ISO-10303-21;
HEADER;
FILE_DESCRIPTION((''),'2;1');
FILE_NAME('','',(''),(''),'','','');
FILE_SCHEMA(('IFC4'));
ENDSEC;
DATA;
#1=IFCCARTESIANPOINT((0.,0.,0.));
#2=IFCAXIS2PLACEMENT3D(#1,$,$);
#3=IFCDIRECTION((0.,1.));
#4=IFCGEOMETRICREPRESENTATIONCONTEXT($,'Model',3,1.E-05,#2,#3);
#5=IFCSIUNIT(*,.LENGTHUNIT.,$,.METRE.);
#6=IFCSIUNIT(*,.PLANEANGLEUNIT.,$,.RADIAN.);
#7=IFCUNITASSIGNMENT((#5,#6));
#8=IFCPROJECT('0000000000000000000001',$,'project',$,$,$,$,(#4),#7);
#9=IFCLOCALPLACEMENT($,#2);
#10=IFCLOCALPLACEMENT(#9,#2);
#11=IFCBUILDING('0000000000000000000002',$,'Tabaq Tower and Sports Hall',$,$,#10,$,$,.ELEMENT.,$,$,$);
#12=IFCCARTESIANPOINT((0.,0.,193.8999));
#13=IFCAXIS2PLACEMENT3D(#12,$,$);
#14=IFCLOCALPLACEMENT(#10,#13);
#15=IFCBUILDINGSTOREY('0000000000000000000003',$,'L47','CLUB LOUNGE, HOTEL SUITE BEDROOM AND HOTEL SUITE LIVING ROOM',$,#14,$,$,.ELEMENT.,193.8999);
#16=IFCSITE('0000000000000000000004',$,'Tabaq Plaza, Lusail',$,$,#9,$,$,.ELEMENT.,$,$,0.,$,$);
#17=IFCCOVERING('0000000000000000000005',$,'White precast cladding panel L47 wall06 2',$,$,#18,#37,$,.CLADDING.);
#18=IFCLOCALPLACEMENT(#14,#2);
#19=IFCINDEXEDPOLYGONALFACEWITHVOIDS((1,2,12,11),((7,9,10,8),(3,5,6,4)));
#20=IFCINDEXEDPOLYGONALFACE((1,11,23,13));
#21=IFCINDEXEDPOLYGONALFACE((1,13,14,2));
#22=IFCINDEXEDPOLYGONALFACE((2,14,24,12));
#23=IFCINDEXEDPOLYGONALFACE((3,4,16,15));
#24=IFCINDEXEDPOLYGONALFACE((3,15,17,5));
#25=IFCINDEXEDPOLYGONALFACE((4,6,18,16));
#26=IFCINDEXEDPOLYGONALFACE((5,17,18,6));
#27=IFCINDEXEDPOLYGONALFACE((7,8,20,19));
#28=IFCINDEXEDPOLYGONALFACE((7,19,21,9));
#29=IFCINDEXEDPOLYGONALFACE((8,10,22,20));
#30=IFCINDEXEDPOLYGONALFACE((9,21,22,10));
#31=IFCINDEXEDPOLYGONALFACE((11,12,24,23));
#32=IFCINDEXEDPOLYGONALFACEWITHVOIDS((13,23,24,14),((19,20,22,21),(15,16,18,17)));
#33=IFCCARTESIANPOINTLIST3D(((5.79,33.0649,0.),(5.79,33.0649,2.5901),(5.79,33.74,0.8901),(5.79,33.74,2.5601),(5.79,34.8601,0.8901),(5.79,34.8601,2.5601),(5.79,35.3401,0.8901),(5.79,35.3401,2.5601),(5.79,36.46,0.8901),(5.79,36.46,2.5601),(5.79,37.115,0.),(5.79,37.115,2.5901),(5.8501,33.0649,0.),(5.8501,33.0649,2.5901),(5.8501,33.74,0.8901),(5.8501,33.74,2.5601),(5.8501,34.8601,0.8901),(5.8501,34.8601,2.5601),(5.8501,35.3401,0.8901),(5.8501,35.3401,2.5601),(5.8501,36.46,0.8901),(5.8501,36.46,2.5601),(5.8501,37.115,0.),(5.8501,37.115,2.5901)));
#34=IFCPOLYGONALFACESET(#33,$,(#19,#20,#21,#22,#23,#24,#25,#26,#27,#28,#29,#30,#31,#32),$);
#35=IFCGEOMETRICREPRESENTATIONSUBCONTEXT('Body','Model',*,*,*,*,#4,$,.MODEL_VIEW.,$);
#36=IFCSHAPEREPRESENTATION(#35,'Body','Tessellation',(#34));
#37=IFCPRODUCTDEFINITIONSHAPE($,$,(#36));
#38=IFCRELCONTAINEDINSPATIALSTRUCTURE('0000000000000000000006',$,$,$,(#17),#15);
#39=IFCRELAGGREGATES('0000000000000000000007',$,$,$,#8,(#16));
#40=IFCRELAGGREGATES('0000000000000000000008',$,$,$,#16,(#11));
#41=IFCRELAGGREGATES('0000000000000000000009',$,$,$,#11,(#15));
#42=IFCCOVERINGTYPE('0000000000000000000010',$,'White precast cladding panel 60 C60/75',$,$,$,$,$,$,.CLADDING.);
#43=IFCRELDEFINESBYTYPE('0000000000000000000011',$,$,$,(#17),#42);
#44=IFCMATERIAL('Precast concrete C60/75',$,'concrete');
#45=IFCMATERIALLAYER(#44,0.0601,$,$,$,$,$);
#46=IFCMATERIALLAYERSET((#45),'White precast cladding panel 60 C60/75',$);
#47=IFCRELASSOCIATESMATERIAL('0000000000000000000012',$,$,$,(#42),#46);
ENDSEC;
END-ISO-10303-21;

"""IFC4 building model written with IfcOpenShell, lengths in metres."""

from ifc_helpers import new_model, si_unit, direction, frame, origin, place, context, subcontext, project, spatial, polyline, outline, extrude, material, layer, layer_set, type_object, element, save


model = new_model("IFC4")

# Units and contexts
model_context = context("Model", 3, precision=1e-05, world=origin(), true_north=direction((0.0, 1.0)))
body_context = subcontext(model_context, "Body", "Model", "MODEL_VIEW")
ifc_project = project(units=[si_unit("LENGTHUNIT", "METRE"), si_unit("PLANEANGLEUNIT", "RADIAN")], contexts=[model_context])

# Site, building, storey
site_placement = place(None, origin())
site = spatial("IfcSite", under=ifc_project, at=site_placement, Name="Tabaq Plaza, Lusail", CompositionType="ELEMENT", RefElevation=0.0)
building_placement = place(site_placement, origin())
building = spatial("IfcBuilding", under=site, at=building_placement, Name="Tabaq Tower and Sports Hall", CompositionType="ELEMENT")
storey_placement = place(building_placement, frame((0.0, 0.0, 193.8999)))
storey = spatial("IfcBuildingStorey", under=building, at=storey_placement, Name="L47", Description="CLUB LOUNGE, HOTEL SUITE BEDROOM AND HOTEL SUITE LIVING ROOM", CompositionType="ELEMENT", Elevation=193.8999)

# Covering
ifc_material_1 = material(Name="Precast concrete C60/75", Category="concrete")
ifc_layer_1 = layer(ifc_material_1, 0.0601)
ifc_layer_set_1 = layer_set([ifc_layer_1], Name="White precast cladding panel 60 C60/75")
covering_type = type_object("IfcCoveringType", Name="White precast cladding panel 60 C60/75", PredefinedType="CLADDING", material=ifc_layer_set_1)
covering_placement = place(storey_placement, frame((5.8201, 37.115, 0.0), z_axis=(0.0, 0.0, 1.0), x_axis=(0.0, -1.0, 0.0)))
element("IfcCovering", 1, at=covering_placement, inside=storey, type_object=covering_type, Name="White precast cladding panel L47 wall06 2", PredefinedType="CLADDING", context=body_context, shape_type="SweptSolid", body=[
    extrude(outline(polyline([(0.0, 0.0), (4.05, 0.0), (4.05, 2.5901), (0.0, 2.5901), (0.0, 0.0)]), holes=[polyline([(0.655, 0.8901), (0.655, 2.5601), (1.7749, 2.5601), (1.7749, 0.8901), (0.655, 0.8901)]), polyline([(2.2549, 0.8901), (2.2549, 2.5601), (3.375, 2.5601), (3.375, 0.8901), (2.2549, 0.8901)])]), frame((0.0, 0.03, 0.0), z_axis=(0.0, -1.0, 0.0), x_axis=(1.0, 0.0, 0.0)), (0.0, 0.0, 1.0), 0.0601),
])

save(model, "model.ifc")
